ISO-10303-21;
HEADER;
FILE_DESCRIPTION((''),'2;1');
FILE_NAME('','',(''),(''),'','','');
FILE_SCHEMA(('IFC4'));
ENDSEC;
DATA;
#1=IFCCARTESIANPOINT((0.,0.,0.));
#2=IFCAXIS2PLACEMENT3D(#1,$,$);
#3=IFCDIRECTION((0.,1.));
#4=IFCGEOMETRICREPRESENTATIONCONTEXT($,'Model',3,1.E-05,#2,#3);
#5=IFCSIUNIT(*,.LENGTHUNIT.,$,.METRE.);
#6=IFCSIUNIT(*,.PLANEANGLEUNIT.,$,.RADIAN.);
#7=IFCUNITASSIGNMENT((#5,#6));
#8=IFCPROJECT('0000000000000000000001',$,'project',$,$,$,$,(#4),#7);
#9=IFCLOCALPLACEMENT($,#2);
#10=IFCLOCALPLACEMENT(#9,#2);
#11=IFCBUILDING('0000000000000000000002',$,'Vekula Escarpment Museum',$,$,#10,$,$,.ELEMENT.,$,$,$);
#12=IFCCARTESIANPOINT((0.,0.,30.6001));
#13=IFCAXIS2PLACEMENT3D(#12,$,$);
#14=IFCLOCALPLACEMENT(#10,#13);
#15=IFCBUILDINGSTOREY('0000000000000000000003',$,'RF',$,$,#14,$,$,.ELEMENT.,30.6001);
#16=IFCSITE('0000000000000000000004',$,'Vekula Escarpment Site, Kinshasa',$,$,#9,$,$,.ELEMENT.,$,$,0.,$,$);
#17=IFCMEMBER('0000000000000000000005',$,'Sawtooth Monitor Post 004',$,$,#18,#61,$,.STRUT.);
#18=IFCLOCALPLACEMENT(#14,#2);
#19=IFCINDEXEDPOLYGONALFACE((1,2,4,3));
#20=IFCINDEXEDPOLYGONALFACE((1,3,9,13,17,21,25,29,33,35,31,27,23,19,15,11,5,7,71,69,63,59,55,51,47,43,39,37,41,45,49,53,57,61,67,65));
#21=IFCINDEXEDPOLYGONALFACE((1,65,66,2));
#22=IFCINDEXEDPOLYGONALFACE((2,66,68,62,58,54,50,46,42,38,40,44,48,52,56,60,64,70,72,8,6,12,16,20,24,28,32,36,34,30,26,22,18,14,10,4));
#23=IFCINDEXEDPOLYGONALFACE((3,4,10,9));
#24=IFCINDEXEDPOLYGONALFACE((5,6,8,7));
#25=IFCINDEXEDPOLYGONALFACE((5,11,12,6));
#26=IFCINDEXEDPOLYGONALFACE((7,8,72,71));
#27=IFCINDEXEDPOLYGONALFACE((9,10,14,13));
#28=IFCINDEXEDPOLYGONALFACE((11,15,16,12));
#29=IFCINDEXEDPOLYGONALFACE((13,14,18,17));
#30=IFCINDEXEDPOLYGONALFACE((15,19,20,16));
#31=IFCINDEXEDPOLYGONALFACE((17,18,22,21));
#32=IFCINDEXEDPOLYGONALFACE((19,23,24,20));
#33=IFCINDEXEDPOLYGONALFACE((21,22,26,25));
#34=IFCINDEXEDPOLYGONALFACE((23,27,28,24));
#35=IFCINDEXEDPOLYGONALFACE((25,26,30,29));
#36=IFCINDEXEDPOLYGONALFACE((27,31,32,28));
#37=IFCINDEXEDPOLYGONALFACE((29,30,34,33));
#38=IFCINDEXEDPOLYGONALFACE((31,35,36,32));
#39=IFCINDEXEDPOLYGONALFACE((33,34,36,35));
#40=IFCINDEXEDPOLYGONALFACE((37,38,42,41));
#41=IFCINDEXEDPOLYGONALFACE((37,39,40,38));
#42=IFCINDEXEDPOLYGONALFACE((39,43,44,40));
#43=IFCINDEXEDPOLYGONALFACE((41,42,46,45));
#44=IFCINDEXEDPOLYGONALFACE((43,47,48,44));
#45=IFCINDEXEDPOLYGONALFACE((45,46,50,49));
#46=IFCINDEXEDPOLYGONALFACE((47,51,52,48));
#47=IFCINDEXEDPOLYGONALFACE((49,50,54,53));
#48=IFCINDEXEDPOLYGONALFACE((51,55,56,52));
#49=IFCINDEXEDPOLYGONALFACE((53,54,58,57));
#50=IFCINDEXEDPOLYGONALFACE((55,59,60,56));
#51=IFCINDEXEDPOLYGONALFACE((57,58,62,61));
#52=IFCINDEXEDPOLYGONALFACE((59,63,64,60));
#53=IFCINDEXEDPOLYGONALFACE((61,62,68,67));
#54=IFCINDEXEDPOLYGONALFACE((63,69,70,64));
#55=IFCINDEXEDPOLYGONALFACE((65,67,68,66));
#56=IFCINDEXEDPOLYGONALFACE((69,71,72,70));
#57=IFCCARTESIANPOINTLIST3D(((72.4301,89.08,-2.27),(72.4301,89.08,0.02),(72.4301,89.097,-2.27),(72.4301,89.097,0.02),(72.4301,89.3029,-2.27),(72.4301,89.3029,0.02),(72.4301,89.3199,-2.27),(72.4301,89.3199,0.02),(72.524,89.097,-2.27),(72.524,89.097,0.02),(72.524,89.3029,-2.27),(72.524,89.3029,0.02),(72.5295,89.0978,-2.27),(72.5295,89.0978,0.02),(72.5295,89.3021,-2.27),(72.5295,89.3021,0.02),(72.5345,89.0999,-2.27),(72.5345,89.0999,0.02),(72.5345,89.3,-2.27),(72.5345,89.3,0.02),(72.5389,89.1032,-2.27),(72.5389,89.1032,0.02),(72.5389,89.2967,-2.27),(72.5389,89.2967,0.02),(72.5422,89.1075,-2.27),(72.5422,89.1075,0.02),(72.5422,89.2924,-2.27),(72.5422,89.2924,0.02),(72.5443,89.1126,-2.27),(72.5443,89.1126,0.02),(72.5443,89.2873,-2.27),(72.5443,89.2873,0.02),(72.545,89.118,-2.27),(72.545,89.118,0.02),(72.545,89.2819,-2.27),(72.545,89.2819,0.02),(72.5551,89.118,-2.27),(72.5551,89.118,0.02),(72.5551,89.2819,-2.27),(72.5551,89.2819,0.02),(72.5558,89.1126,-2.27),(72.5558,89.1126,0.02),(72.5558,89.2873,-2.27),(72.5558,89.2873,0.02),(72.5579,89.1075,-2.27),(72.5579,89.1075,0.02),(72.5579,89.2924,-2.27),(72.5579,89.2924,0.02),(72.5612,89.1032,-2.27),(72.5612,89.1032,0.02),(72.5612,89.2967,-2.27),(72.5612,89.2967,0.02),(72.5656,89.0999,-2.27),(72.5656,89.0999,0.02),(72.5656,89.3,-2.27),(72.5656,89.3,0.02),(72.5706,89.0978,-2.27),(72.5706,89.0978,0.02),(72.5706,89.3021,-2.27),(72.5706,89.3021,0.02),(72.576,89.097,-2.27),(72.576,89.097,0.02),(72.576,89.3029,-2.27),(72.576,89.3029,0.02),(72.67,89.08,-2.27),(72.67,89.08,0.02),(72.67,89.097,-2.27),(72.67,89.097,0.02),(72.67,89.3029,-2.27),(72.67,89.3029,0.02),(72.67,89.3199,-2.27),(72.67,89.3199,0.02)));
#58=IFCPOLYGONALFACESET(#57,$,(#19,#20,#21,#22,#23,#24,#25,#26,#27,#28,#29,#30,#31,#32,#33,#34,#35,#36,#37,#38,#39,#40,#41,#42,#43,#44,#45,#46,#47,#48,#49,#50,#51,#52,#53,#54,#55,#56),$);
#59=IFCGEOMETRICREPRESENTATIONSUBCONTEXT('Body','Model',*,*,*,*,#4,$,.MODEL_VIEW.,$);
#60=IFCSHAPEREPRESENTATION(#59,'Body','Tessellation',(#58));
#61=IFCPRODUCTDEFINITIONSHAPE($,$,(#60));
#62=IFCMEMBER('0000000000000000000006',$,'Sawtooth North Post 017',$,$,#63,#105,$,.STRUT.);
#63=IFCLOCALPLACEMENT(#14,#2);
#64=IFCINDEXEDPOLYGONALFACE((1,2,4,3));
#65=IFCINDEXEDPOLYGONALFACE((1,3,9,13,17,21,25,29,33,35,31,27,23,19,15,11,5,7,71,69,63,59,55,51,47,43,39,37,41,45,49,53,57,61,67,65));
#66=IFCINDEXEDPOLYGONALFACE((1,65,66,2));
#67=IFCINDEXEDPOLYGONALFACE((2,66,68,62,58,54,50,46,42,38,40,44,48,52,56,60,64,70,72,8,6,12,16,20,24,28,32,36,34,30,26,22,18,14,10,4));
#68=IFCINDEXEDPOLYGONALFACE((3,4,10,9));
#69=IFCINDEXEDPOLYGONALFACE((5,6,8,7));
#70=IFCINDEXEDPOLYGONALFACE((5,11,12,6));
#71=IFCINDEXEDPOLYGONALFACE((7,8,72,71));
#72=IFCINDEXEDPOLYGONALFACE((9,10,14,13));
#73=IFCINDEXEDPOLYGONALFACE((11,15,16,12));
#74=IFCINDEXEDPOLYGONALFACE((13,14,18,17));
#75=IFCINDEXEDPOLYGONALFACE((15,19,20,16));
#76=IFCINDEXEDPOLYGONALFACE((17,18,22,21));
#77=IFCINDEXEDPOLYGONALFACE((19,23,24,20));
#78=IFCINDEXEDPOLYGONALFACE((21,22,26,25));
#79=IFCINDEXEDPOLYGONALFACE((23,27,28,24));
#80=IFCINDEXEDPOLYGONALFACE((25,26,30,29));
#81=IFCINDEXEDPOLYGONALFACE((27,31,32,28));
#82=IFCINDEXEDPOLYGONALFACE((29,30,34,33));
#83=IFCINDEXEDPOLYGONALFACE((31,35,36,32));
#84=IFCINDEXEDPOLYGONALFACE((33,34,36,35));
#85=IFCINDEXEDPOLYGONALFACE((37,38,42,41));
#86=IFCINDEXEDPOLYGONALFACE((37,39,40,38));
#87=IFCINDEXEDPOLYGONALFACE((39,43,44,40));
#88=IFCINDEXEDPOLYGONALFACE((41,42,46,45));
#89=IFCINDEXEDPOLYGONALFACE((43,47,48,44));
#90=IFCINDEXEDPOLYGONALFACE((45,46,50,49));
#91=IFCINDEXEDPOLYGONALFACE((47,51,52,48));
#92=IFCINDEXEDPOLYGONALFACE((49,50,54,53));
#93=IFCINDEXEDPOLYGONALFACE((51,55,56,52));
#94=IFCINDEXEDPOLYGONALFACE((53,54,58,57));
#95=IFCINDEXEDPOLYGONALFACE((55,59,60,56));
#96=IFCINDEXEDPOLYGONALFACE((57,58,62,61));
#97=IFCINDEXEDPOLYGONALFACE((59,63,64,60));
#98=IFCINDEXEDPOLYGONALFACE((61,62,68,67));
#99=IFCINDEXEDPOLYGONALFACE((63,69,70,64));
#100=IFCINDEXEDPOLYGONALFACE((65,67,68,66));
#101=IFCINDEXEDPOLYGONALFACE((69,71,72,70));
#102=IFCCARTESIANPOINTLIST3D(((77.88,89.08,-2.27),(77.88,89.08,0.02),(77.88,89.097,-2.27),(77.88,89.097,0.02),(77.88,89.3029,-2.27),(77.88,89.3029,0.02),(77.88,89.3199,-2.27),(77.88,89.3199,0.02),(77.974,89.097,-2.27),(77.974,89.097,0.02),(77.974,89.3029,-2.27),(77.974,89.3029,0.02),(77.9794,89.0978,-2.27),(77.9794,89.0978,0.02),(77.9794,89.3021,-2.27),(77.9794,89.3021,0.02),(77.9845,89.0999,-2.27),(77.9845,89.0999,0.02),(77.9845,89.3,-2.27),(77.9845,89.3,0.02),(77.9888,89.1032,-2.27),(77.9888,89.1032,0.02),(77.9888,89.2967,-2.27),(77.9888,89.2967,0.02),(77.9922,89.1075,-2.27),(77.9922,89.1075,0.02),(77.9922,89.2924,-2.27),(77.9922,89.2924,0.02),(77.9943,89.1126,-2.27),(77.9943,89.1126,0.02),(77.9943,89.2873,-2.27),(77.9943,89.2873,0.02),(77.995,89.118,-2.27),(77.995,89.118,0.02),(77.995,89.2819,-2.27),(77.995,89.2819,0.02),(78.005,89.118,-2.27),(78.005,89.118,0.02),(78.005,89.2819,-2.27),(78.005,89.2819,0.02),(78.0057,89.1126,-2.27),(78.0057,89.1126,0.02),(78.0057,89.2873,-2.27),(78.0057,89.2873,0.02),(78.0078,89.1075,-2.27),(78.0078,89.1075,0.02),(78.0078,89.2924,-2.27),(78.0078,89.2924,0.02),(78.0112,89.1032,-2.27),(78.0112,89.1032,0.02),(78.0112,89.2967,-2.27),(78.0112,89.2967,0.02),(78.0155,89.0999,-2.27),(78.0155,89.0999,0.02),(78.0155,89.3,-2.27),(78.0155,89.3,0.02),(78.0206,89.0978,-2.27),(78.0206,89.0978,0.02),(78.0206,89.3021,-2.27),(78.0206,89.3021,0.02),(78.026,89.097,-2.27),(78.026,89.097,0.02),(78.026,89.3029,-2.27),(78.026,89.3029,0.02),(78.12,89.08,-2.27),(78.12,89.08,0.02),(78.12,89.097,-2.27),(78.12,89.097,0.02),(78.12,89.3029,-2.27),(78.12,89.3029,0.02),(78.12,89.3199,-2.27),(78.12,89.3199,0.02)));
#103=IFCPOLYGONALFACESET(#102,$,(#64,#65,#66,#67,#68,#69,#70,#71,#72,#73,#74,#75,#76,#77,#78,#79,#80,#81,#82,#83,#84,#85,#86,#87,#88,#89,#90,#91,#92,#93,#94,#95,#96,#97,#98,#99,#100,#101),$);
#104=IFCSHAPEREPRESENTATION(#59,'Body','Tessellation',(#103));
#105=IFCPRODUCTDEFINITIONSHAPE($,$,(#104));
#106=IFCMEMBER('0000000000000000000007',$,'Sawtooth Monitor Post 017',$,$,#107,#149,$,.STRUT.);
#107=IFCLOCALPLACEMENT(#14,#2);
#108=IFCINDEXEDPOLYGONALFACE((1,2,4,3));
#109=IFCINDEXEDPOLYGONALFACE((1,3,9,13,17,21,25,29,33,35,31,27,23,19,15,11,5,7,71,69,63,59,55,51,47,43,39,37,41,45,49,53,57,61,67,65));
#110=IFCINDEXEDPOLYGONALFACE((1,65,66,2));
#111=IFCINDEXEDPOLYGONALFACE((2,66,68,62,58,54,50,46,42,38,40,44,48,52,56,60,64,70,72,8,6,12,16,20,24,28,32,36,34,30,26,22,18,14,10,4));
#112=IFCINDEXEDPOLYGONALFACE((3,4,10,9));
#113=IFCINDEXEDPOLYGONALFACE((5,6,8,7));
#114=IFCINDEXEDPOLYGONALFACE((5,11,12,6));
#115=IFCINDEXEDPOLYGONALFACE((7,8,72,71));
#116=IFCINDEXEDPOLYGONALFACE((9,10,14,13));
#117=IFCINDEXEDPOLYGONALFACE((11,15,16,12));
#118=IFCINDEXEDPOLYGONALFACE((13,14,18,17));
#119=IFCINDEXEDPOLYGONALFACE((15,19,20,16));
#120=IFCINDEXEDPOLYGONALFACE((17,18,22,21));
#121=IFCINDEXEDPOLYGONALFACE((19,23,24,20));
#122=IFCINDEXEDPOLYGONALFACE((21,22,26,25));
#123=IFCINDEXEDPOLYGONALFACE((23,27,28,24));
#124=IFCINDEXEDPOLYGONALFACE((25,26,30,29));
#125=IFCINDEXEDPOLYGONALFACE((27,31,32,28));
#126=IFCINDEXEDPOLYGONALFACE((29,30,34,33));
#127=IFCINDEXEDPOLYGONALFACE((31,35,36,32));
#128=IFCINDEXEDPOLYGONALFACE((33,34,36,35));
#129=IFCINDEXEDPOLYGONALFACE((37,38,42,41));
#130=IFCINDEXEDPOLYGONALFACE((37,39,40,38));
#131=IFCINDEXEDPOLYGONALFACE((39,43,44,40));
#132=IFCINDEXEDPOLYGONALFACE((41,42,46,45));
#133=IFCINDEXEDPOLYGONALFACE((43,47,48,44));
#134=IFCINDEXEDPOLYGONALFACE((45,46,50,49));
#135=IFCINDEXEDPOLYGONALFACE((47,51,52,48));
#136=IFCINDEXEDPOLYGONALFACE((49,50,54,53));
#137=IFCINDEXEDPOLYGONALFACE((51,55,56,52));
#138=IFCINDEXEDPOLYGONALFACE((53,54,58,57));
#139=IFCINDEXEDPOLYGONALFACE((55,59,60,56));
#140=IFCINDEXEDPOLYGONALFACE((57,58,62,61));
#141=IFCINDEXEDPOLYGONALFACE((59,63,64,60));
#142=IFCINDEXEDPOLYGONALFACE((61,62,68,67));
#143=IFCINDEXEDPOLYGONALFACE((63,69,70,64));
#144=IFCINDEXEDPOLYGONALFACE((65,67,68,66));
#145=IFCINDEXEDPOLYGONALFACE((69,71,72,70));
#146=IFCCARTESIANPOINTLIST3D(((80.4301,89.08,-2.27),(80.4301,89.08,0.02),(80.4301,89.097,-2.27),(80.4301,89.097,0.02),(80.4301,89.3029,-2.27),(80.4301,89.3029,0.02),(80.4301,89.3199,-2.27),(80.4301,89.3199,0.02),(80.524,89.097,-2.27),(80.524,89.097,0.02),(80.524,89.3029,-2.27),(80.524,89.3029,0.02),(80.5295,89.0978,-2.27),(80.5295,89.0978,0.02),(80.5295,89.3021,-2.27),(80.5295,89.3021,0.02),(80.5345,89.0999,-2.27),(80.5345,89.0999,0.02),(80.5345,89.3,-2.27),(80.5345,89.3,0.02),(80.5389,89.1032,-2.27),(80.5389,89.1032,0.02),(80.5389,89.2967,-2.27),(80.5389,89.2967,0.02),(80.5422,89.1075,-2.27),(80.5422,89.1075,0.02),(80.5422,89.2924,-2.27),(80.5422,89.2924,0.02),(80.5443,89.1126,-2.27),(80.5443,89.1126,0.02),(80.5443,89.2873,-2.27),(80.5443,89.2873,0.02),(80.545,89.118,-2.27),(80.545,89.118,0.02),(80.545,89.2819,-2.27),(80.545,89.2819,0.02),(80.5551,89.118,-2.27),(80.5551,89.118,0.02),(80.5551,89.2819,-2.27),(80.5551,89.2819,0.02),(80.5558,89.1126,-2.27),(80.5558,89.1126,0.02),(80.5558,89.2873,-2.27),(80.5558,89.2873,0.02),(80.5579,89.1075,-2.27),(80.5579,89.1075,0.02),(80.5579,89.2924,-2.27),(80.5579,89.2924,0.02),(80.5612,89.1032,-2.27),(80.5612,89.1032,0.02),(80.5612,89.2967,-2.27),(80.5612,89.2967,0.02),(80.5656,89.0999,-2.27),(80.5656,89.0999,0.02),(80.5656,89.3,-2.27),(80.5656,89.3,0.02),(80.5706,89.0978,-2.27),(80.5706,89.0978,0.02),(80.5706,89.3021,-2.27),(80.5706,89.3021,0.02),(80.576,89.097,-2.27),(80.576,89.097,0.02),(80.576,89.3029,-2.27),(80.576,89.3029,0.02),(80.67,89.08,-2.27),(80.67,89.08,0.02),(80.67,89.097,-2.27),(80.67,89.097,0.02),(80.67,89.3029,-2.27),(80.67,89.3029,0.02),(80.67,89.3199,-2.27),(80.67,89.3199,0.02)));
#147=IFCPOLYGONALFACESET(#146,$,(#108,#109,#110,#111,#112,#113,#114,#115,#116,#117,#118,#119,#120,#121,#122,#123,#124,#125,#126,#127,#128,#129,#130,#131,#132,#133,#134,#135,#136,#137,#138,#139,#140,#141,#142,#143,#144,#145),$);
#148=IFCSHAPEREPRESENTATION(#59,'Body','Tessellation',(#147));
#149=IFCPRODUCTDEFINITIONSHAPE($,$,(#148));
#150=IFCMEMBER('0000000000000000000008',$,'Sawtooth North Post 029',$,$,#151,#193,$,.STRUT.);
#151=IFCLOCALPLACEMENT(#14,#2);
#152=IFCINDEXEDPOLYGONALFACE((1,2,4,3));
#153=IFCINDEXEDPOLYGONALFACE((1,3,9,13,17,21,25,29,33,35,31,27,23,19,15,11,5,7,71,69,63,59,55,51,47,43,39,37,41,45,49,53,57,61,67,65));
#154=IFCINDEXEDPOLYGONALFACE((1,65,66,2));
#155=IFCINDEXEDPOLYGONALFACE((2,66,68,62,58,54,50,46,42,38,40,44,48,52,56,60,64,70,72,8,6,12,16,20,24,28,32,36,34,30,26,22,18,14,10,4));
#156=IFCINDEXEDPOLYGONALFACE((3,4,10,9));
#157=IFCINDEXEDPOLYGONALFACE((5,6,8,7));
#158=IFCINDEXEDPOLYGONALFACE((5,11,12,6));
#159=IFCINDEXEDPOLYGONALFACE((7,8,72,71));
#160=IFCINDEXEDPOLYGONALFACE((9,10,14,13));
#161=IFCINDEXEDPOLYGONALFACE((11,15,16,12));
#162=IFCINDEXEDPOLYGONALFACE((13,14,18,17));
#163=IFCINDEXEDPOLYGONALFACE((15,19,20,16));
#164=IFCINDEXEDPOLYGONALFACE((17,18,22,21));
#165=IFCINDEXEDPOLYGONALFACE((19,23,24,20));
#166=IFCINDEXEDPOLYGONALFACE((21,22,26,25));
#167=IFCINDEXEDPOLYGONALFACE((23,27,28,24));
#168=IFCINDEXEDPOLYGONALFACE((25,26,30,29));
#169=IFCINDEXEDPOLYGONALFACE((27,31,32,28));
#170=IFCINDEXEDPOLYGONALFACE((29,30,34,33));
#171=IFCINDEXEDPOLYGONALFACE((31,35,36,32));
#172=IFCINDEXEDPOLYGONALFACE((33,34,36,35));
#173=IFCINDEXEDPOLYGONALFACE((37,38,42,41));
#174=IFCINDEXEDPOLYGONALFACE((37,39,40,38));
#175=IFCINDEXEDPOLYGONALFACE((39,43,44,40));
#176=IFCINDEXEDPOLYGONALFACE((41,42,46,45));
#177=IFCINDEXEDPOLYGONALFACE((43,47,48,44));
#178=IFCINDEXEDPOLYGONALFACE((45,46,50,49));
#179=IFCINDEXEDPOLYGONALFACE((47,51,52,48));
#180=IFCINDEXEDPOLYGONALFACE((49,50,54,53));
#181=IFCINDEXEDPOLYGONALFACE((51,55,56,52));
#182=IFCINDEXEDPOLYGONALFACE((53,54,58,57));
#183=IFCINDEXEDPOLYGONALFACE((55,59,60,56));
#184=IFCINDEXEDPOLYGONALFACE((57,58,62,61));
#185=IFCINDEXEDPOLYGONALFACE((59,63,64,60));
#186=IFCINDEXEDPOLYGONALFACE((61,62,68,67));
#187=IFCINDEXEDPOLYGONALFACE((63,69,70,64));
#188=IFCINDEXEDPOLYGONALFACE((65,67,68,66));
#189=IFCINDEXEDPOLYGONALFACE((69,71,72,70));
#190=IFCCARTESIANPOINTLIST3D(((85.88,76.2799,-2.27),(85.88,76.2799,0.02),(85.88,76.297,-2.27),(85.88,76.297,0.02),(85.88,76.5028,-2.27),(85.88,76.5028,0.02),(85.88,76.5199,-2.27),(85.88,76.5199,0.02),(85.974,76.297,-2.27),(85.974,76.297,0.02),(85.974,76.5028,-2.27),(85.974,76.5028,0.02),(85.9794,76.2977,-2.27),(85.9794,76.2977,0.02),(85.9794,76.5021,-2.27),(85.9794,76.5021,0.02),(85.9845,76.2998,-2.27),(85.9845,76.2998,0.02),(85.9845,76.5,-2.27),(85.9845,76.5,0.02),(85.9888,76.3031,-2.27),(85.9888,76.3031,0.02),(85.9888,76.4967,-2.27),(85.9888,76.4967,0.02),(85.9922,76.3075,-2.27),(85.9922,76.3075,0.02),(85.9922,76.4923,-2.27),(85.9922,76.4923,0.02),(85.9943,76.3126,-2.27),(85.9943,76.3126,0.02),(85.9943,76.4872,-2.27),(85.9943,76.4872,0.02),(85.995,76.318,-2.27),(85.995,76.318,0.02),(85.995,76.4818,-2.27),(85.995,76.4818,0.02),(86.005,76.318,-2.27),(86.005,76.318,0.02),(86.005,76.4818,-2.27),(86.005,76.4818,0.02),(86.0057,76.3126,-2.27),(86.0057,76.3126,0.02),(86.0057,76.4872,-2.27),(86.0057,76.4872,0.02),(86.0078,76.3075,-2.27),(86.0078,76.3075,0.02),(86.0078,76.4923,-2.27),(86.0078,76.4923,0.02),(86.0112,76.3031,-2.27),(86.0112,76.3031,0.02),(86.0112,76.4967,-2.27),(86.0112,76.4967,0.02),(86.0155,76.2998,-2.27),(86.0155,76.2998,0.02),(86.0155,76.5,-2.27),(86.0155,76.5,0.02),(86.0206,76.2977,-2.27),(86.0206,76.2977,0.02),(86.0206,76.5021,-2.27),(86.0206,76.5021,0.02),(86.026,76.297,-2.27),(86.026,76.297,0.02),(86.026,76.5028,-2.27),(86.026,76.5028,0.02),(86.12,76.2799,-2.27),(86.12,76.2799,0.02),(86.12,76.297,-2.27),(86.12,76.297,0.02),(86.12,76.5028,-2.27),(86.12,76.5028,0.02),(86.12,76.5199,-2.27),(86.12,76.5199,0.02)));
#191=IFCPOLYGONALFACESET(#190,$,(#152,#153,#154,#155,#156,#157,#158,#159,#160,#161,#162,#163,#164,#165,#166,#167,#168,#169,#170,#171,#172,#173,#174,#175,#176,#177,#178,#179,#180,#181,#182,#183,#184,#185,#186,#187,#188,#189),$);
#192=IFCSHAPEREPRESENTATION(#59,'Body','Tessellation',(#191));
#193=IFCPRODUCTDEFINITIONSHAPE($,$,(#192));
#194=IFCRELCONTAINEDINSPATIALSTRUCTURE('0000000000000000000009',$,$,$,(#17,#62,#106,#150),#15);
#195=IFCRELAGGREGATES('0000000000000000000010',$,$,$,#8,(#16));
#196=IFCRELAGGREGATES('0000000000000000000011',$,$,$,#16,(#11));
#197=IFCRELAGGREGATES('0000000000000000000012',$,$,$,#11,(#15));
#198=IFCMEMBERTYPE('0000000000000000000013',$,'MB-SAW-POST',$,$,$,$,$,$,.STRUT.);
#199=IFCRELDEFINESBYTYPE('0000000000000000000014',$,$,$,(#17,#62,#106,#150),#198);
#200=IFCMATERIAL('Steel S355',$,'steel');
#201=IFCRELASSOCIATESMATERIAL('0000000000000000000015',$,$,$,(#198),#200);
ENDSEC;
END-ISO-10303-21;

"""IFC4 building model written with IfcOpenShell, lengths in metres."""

from ifc_helpers import new_model, si_unit, direction, frame, origin, origin_2d, place, context, subcontext, project, spatial, i_section, extrude, material, material_profile, profile_set, type_object, element, save


model = new_model("IFC4")

# Units and contexts
model_context = context("Model", 3, precision=1e-05, world=origin(), true_north=direction((0.0, 1.0)))
body_context = subcontext(model_context, "Body", "Model", "MODEL_VIEW")
ifc_project = project(units=[si_unit("LENGTHUNIT", "METRE"), si_unit("PLANEANGLEUNIT", "RADIAN")], contexts=[model_context])

# Site, building, storey
site_placement = place(None, origin())
site = spatial("IfcSite", under=ifc_project, at=site_placement, Name="Vekula Escarpment Site, Kinshasa", CompositionType="ELEMENT", RefElevation=0.0)
building_placement = place(site_placement, origin())
building = spatial("IfcBuilding", under=site, at=building_placement, Name="Vekula Escarpment Museum", CompositionType="ELEMENT")
storey_placement = place(building_placement, frame((0.0, 0.0, 30.6001)))
storey = spatial("IfcBuildingStorey", under=building, at=storey_placement, Name="RF", CompositionType="ELEMENT", Elevation=30.6001)

# Members
ifc_material_1 = material(Name="Steel S355", Category="steel")
ifc_material_profile_1 = material_profile(ifc_material_1, i_section(OverallWidth=0.24, OverallDepth=0.24, WebThickness=0.01, FlangeThickness=0.0171, FilletRadius=0.021, at=origin_2d()), Name="HEB 240")
ifc_profile_set_1 = profile_set([ifc_material_profile_1], Name="Steel S355")
member_type_1 = type_object("IfcMemberType", Name="MB-SAW-POST", PredefinedType="STRUT", material=ifc_profile_set_1)
for number, where, z_axis, x_axis, name in (
    (1, (72.55, 89.2, -2.27), (0.0, 0.0, 1.0), (1.0, 0.0, 0.0), "Sawtooth Monitor Post 004"),
    (2, (78.0, 89.2, -2.27), (0.0, 0.0, 1.0), (1.0, 0.0, 0.0), "Sawtooth North Post 017"),
    (3, (80.55, 89.2, -2.27), (0.0, 0.0, 1.0), (1.0, 0.0, 0.0), "Sawtooth Monitor Post 017"),
    (4, (86.0, 76.3999, -2.27), (0.0, 0.0, 1.0), (1.0, 0.0, 0.0), "Sawtooth North Post 029"),
):
    element("IfcMember", number, at=place(storey_placement, frame(where, z_axis=z_axis, x_axis=x_axis)), inside=storey, type_object=member_type_1, Name=name, PredefinedType="STRUT", context=body_context, shape_type="SweptSolid", body=[
        extrude(i_section(OverallWidth=0.24, OverallDepth=0.24, WebThickness=0.01, FlangeThickness=0.0171, FilletRadius=0.021, at=origin_2d()), origin(), (0.0, 0.0, 1.0), 2.29),
    ])

save(model, "model.ifc")
